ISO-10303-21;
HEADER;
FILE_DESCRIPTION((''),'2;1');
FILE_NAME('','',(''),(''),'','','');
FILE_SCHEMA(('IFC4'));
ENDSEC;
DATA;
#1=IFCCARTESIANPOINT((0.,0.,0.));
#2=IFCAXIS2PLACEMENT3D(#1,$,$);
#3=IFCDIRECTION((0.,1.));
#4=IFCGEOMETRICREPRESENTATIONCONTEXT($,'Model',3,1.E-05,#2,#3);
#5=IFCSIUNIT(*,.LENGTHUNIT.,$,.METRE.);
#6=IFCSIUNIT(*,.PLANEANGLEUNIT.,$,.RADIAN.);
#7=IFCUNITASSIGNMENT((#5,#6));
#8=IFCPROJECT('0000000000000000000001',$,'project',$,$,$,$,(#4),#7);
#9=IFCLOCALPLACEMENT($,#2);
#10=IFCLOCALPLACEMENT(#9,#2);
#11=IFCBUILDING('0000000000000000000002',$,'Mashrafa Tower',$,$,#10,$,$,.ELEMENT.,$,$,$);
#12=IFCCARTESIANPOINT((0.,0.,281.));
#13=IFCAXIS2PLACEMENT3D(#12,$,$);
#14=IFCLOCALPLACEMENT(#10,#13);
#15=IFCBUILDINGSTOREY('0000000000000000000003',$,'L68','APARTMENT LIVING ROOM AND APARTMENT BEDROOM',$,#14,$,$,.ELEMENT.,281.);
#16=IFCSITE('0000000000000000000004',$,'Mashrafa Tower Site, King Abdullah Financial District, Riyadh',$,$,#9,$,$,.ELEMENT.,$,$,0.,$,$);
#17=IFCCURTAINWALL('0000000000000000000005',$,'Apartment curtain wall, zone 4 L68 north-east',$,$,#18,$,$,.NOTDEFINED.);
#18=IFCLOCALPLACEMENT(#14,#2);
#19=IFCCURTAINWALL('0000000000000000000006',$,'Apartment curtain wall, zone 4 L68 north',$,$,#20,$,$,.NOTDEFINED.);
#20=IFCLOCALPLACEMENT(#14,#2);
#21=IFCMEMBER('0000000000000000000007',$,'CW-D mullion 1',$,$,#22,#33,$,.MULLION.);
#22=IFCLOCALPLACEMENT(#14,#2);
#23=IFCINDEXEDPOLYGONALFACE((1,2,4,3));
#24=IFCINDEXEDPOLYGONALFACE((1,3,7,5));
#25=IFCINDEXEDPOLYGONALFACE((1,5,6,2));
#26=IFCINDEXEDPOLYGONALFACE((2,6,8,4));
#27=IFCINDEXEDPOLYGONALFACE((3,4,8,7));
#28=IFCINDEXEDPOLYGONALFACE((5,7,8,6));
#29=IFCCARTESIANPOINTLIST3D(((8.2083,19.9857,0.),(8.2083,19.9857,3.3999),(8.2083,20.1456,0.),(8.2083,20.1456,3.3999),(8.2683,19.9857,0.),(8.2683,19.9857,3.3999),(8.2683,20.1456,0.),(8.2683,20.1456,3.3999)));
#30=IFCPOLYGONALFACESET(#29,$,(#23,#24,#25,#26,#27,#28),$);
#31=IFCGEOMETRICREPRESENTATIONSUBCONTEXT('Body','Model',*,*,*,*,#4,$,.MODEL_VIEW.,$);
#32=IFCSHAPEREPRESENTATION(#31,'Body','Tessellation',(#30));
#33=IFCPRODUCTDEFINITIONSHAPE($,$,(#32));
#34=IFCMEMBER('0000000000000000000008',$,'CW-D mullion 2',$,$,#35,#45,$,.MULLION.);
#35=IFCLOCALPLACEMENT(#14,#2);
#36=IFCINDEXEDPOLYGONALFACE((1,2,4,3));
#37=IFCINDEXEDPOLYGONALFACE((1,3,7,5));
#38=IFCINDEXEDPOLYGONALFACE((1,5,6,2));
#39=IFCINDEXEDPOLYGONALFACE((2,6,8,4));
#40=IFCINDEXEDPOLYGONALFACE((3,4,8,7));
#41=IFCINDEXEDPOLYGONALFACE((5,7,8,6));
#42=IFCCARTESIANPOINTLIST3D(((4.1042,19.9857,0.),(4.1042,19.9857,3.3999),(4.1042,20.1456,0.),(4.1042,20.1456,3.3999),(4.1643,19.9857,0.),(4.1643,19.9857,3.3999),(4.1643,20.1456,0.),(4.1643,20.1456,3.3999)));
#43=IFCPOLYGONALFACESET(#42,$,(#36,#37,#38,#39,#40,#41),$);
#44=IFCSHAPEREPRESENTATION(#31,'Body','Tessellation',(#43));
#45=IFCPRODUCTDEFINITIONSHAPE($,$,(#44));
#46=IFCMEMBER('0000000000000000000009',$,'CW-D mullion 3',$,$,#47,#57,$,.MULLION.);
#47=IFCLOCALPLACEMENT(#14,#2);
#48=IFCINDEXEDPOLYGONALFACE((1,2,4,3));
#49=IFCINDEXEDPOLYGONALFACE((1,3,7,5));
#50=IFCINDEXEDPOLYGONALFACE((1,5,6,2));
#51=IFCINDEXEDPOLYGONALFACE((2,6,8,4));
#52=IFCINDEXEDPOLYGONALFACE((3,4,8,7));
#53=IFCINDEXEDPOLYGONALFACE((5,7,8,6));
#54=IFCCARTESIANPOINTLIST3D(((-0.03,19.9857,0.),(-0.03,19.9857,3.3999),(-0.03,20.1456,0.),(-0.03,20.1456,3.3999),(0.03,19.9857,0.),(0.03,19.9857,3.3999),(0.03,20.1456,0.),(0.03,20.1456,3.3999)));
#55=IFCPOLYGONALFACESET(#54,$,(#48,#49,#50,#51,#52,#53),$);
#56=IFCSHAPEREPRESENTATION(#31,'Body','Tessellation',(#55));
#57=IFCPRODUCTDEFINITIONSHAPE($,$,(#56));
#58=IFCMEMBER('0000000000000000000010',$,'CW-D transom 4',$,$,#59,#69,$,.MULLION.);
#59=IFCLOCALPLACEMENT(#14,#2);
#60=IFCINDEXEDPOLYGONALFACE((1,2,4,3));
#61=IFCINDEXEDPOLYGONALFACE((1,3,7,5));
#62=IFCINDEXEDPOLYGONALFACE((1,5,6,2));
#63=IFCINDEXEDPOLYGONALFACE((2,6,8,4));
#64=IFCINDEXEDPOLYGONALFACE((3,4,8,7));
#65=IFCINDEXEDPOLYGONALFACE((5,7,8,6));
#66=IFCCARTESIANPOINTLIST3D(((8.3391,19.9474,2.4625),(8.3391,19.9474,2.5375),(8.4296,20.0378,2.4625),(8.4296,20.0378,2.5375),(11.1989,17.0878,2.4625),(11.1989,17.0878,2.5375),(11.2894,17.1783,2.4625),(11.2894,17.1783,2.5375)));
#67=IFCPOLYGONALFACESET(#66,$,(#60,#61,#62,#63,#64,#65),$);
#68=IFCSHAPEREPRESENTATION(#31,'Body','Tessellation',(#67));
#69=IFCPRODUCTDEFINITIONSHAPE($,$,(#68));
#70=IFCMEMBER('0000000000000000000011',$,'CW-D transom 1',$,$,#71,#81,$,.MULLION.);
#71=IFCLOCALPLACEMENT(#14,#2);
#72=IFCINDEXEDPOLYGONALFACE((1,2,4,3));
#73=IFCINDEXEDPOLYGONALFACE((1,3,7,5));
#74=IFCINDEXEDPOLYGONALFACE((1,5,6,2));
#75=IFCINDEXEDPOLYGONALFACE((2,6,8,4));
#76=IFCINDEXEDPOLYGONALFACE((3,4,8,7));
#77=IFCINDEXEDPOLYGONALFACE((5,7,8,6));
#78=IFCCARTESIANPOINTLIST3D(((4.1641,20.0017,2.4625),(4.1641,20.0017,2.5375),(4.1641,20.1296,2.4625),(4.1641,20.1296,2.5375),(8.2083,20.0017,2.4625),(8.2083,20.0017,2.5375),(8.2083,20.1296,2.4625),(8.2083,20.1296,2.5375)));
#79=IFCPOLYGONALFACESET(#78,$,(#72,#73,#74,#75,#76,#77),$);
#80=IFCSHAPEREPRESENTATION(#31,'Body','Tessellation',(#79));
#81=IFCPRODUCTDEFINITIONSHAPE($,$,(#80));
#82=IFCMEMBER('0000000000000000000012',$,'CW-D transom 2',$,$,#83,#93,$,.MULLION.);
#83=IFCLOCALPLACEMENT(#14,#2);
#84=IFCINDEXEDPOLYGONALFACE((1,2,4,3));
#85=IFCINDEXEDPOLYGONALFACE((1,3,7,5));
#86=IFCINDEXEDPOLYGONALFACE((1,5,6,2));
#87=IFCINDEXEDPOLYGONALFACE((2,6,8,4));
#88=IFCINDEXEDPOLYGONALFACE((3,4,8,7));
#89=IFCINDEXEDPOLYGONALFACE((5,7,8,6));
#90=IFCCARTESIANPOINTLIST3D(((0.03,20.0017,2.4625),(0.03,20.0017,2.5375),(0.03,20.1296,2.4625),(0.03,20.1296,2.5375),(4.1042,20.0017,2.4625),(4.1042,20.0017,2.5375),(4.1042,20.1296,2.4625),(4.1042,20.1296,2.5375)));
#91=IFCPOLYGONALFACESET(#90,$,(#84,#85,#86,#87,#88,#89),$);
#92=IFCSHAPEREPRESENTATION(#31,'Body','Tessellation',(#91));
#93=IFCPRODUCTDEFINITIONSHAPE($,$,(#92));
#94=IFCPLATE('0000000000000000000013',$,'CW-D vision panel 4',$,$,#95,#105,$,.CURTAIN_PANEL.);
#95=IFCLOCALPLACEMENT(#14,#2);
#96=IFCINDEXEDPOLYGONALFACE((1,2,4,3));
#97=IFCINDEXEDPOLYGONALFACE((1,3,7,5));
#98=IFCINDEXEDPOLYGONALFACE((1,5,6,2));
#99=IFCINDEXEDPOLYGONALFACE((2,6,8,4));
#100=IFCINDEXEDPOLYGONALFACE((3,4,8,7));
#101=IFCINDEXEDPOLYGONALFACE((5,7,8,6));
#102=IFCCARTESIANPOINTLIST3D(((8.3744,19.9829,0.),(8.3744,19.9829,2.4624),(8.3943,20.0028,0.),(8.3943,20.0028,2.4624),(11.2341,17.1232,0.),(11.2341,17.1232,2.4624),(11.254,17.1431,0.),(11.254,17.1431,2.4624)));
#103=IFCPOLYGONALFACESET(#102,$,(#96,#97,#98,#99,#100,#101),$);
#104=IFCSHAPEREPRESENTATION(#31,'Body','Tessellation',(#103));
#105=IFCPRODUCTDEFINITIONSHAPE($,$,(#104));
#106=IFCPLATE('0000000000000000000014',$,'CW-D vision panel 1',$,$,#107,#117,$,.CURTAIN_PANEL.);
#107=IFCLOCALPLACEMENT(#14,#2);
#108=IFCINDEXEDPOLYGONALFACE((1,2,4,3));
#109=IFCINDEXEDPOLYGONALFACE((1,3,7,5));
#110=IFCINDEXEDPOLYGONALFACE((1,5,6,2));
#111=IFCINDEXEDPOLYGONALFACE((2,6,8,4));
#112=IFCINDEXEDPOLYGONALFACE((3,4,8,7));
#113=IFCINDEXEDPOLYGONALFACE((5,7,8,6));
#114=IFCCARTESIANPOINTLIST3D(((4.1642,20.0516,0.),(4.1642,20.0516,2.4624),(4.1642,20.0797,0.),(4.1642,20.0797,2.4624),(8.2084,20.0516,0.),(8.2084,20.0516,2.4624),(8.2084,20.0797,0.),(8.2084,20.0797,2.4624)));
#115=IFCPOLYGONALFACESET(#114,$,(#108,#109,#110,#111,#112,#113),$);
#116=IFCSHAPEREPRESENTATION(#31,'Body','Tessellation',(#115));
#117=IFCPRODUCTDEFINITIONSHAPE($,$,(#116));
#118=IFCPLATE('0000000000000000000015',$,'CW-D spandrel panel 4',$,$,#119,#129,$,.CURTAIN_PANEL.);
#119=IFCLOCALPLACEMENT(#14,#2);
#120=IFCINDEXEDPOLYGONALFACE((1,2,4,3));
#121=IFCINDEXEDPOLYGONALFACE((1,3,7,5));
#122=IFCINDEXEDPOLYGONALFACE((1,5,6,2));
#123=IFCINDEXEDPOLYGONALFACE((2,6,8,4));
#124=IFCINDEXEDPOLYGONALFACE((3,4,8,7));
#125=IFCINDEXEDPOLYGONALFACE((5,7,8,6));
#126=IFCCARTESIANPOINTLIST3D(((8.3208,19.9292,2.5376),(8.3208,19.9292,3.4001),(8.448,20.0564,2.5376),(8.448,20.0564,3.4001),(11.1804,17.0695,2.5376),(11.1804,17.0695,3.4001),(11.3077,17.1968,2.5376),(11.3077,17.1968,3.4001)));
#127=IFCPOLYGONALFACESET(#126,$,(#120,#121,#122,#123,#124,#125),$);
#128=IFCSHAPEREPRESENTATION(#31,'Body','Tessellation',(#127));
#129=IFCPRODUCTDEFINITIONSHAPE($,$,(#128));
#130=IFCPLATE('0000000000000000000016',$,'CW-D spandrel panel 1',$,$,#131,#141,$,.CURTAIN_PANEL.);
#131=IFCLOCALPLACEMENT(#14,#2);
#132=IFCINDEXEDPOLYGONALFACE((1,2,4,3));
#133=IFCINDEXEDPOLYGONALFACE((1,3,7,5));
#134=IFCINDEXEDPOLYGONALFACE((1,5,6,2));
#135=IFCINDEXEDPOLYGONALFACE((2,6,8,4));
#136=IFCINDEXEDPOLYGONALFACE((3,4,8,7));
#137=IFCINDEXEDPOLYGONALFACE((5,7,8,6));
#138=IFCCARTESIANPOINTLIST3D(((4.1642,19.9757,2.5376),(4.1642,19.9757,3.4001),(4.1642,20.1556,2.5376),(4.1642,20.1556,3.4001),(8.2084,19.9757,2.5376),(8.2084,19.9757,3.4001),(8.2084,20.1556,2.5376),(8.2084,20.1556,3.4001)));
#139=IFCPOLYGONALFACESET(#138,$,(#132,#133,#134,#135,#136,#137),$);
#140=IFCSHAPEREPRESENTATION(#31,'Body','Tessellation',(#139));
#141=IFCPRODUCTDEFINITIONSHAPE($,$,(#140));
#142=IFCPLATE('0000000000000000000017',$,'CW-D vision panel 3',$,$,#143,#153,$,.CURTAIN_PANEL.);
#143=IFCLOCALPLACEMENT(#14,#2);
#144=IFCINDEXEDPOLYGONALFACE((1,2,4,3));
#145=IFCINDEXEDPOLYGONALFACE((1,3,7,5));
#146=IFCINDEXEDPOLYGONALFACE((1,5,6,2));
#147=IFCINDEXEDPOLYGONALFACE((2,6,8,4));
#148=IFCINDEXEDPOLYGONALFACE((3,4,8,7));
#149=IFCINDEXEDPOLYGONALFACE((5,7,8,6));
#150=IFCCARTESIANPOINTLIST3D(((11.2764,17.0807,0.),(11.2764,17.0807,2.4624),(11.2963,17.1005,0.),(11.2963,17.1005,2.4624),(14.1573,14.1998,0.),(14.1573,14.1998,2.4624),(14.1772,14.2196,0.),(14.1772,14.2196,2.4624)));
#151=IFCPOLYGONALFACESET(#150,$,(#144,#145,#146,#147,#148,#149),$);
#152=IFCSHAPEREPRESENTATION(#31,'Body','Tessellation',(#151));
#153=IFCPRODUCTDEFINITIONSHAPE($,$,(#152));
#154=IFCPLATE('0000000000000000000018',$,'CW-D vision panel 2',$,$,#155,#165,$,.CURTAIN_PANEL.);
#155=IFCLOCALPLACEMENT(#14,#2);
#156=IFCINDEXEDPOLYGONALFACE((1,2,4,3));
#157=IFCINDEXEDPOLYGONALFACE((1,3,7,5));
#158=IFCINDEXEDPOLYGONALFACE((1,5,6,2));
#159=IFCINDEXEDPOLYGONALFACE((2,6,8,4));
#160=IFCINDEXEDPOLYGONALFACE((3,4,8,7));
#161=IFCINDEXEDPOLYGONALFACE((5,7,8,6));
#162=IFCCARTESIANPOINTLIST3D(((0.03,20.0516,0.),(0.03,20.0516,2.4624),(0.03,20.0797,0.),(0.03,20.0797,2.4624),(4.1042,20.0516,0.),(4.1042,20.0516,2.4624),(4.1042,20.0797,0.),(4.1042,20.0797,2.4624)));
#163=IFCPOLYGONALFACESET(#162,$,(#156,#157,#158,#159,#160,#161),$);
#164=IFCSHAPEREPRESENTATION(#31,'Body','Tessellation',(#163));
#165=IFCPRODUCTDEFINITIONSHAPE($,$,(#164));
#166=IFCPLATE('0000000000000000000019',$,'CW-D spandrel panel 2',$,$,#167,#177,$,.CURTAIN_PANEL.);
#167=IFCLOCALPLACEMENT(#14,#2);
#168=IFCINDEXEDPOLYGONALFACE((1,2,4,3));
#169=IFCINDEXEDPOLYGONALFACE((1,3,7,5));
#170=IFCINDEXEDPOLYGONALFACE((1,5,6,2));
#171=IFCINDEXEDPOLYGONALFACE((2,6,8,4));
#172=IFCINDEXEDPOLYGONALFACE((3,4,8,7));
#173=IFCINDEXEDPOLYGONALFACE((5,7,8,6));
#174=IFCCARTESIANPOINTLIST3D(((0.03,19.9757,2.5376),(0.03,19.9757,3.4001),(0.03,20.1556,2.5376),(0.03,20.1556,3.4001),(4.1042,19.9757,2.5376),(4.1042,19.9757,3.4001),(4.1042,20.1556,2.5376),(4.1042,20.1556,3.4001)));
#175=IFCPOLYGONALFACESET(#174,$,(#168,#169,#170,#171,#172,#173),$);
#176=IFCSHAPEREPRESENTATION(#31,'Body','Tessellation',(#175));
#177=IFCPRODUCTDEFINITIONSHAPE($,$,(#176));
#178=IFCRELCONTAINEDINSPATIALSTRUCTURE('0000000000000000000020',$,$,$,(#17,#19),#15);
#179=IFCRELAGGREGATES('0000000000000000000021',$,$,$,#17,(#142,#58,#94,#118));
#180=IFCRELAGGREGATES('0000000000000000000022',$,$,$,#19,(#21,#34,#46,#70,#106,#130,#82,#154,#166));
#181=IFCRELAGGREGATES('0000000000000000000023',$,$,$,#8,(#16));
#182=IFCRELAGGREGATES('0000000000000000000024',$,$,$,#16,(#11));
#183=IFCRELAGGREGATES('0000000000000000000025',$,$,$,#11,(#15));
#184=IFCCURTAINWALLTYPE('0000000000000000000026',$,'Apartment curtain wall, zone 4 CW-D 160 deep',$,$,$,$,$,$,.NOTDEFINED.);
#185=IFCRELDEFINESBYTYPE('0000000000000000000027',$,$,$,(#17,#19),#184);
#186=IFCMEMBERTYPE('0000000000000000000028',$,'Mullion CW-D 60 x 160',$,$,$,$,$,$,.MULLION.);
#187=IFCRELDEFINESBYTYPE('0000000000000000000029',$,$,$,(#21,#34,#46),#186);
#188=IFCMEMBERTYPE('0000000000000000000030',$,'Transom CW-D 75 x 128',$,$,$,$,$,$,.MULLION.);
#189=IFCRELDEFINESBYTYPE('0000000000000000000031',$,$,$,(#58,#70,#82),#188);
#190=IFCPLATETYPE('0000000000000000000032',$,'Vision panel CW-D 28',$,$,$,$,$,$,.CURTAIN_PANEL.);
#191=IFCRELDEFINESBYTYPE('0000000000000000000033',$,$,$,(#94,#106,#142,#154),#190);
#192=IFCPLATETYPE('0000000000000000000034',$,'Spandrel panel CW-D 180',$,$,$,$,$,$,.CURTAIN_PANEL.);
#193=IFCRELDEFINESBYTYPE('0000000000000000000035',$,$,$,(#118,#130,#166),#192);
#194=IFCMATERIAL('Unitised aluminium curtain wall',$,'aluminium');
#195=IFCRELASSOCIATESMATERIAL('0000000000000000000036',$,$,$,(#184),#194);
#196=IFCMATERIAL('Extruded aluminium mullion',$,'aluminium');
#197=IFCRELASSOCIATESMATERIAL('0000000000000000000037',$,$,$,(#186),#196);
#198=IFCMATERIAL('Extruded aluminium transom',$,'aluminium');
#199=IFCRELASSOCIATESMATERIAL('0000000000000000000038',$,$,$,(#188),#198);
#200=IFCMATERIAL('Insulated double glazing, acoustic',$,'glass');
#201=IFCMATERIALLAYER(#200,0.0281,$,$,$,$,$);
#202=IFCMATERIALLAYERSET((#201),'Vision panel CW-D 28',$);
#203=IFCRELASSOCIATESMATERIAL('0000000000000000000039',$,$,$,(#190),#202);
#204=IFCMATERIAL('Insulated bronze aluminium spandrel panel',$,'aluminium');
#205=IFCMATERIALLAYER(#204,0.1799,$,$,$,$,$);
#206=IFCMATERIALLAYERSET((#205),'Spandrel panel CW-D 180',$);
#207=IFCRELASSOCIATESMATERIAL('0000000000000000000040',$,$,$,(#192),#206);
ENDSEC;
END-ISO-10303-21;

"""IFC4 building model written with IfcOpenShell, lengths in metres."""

from ifc_helpers import new_model, si_unit, direction, frame, origin, origin_2d, place, context, subcontext, project, spatial, rectangle, extrude, source, transform, mapped, material, layer, layer_set, material_profile, profile_set, type_object, type_shapes, element, aggregate, save


model = new_model("IFC4")

# Units and contexts
model_context = context("Model", 3, precision=1e-05, world=origin(), true_north=direction((0.0, 1.0)))
body_context = subcontext(model_context, "Body", "Model", "MODEL_VIEW")
ifc_project = project(units=[si_unit("LENGTHUNIT", "METRE"), si_unit("PLANEANGLEUNIT", "RADIAN")], contexts=[model_context])

# Site, building, storey
site_placement = place(None, origin())
site = spatial("IfcSite", under=ifc_project, at=site_placement, Name="Mashrafa Tower Site, King Abdullah Financial District, Riyadh", CompositionType="ELEMENT", RefElevation=0.0)
building_placement = place(site_placement, origin())
building = spatial("IfcBuilding", under=site, at=building_placement, Name="Mashrafa Tower", CompositionType="ELEMENT")
storey_placement = place(building_placement, frame((0.0, 0.0, 281.0)))
storey = spatial("IfcBuildingStorey", under=building, at=storey_placement, Name="L68", Description="APARTMENT LIVING ROOM AND APARTMENT BEDROOM", CompositionType="ELEMENT", Elevation=281.0)

# Curtain walls, members
ifc_material_1 = material(Name="Unitised aluminium curtain wall", Category="aluminium")
curtain_wall_type = type_object("IfcCurtainWallType", Name="Apartment curtain wall, zone 4 CW-D 160 deep", PredefinedType="NOTDEFINED", material=ifc_material_1)
curtain_wall_1_placement = place(storey_placement, origin())
curtain_wall_1 = element("IfcCurtainWall", 1, at=curtain_wall_1_placement, inside=storey, type_object=curtain_wall_type, Name="Apartment curtain wall, zone 4 L68 north-east", PredefinedType="NOTDEFINED")
ifc_material_2 = material(Name="Extruded aluminium mullion", Category="aluminium")
ifc_material_profile_1 = material_profile(ifc_material_2, rectangle(XDim=0.1599, YDim=0.0601, at=origin_2d()), Name="Mullion 60x160")
ifc_profile_set_1 = profile_set([ifc_material_profile_1], Name="Extruded aluminium mullion")
member_type_1 = type_object("IfcMemberType", Name="Mullion CW-D 60 x 160", PredefinedType="MULLION", material=ifc_profile_set_1)
shared_shape_1 = source(origin(), body_context, "Body", "SweptSolid", [
    extrude(rectangle(XDim=0.1599, YDim=0.0601, at=origin_2d()), origin(), (0.0, 0.0, 1.0), 3.3999),
])
type_shapes(member_type_1, [shared_shape_1])
curtain_wall_2_placement = place(storey_placement, origin())
curtain_wall_2 = element("IfcCurtainWall", 2, at=curtain_wall_2_placement, inside=storey, type_object=curtain_wall_type, Name="Apartment curtain wall, zone 4 L68 north", PredefinedType="NOTDEFINED")
member_1_placement = place(storey_placement, frame((8.2383, 20.0657, 0.0), z_axis=(0.0, 0.0, 1.0), x_axis=(0.0, -1.0, 0.0)))
member_1 = element("IfcMember", 3, at=member_1_placement, type_object=member_type_1, Name="CW-D mullion 1", PredefinedType="MULLION", context=body_context, shape_type="MappedRepresentation", body=[
    mapped(shared_shape_1, transform((0.0, 0.0, 0.0))),
])
member_2_placement = place(storey_placement, frame((4.1343, 20.0657, 0.0), z_axis=(0.0, 0.0, 1.0), x_axis=(0.0, -1.0, 0.0)))
member_2 = element("IfcMember", 4, at=member_2_placement, type_object=member_type_1, Name="CW-D mullion 2", PredefinedType="MULLION", context=body_context, shape_type="MappedRepresentation", body=[
    mapped(shared_shape_1, transform((0.0, 0.0, 0.0))),
])
member_3_placement = place(storey_placement, frame((0.0, 20.0657, 0.0), z_axis=(0.0, 0.0, 1.0), x_axis=(0.0, -1.0, 0.0)))
member_3 = element("IfcMember", 5, at=member_3_placement, type_object=member_type_1, Name="CW-D mullion 3", PredefinedType="MULLION", context=body_context, shape_type="MappedRepresentation", body=[
    mapped(shared_shape_1, transform((0.0, 0.0, 0.0))),
])

# Members
ifc_material_3 = material(Name="Extruded aluminium transom", Category="aluminium")
ifc_material_profile_2 = material_profile(ifc_material_3, rectangle(XDim=0.1279, YDim=0.075, at=origin_2d()), Name="Transom 75x128")
ifc_profile_set_2 = profile_set([ifc_material_profile_2], Name="Extruded aluminium transom")
member_type_2 = type_object("IfcMemberType", Name="Transom CW-D 75 x 128", PredefinedType="MULLION", material=ifc_profile_set_2)
shared_shape_2 = source(origin(), body_context, "Body", "SweptSolid", [
    extrude(rectangle(XDim=0.1279, YDim=0.075, at=origin_2d()), origin(), (0.0, 0.0, 1.0), 4.0442),
])
member_4_placement = place(storey_placement, frame((11.2441, 17.1331, 2.5), z_axis=(-0.707137, 0.707077, 0.0), x_axis=(-0.707077, -0.707137, 0.0)))
member_4 = element("IfcMember", 6, at=member_4_placement, type_object=member_type_2, Name="CW-D transom 4", PredefinedType="MULLION", context=body_context, shape_type="MappedRepresentation", body=[
    mapped(shared_shape_2, transform((0.0, 0.0, 0.0))),
])
member_5_placement = place(storey_placement, frame((8.2083, 20.0657, 2.5), z_axis=(-1.0, 0.0, 0.0), x_axis=(0.0, -1.0, 0.0)))
member_5 = element("IfcMember", 7, at=member_5_placement, type_object=member_type_2, Name="CW-D transom 1", PredefinedType="MULLION", context=body_context, shape_type="MappedRepresentation", body=[
    mapped(shared_shape_2, transform((0.0, 0.0, 0.0))),
])
shared_shape_3 = source(origin(), body_context, "Body", "SweptSolid", [
    extrude(rectangle(XDim=0.1279, YDim=0.075, at=origin_2d()), origin(), (0.0, 0.0, 1.0), 4.0742),
])
type_shapes(member_type_2, [shared_shape_2, shared_shape_3])
member_6_placement = place(storey_placement, frame((4.1042, 20.0657, 2.5), z_axis=(-1.0, 0.0, 0.0), x_axis=(0.0, -1.0, 0.0)))
member_6 = element("IfcMember", 8, at=member_6_placement, type_object=member_type_2, Name="CW-D transom 2", PredefinedType="MULLION", context=body_context, shape_type="MappedRepresentation", body=[
    mapped(shared_shape_3, transform((0.0, 0.0, 0.0))),
])

# Plates
ifc_material_4 = material(Name="Insulated double glazing, acoustic", Category="glass")
ifc_layer_1 = layer(ifc_material_4, 0.0281)
ifc_layer_set_1 = layer_set([ifc_layer_1], Name="Vision panel CW-D 28")
plate_type_1 = type_object("IfcPlateType", Name="Vision panel CW-D 28", PredefinedType="CURTAIN_PANEL", material=ifc_layer_set_1)
shared_shape_4 = source(origin(), body_context, "Body", "SweptSolid", [
    extrude(rectangle(XDim=4.0442, YDim=0.0281, at=origin_2d()), origin(), (0.0, 0.0, 1.0), 2.4624),
])
plate_1_placement = place(storey_placement, frame((9.8142, 18.563, 0.0), z_axis=(0.0, 0.0, 1.0), x_axis=(-0.707107, 0.707107, 0.0)))
plate_1 = element("IfcPlate", 9, at=plate_1_placement, type_object=plate_type_1, Name="CW-D vision panel 4", PredefinedType="CURTAIN_PANEL", context=body_context, shape_type="MappedRepresentation", body=[
    mapped(shared_shape_4, transform((0.0, 0.0, 0.0))),
])
plate_2_placement = place(storey_placement, frame((6.1863, 20.0657, 0.0), z_axis=(0.0, 0.0, 1.0), x_axis=(-1.0, 0.0, 0.0)))
plate_2 = element("IfcPlate", 10, at=plate_2_placement, type_object=plate_type_1, Name="CW-D vision panel 1", PredefinedType="CURTAIN_PANEL", context=body_context, shape_type="MappedRepresentation", body=[
    mapped(shared_shape_4, transform((0.0, 0.0, 0.0))),
])
ifc_material_5 = material(Name="Insulated bronze aluminium spandrel panel", Category="aluminium")
ifc_layer_2 = layer(ifc_material_5, 0.1799)
ifc_layer_set_2 = layer_set([ifc_layer_2], Name="Spandrel panel CW-D 180")
plate_type_2 = type_object("IfcPlateType", Name="Spandrel panel CW-D 180", PredefinedType="CURTAIN_PANEL", material=ifc_layer_set_2)
shared_shape_5 = source(origin(), body_context, "Body", "SweptSolid", [
    extrude(rectangle(XDim=4.0442, YDim=0.1799, at=origin_2d()), origin(), (0.0, 0.0, 1.0), 0.8625),
])
plate_3_placement = place(storey_placement, frame((9.8142, 18.563, 2.5376), z_axis=(0.0, 0.0, 1.0), x_axis=(-0.707107, 0.707107, 0.0)))
plate_3 = element("IfcPlate", 11, at=plate_3_placement, type_object=plate_type_2, Name="CW-D spandrel panel 4", PredefinedType="CURTAIN_PANEL", context=body_context, shape_type="MappedRepresentation", body=[
    mapped(shared_shape_5, transform((0.0, 0.0, 0.0))),
])
plate_4_placement = place(storey_placement, frame((6.1863, 20.0657, 2.5376), z_axis=(0.0, 0.0, 1.0), x_axis=(-1.0, 0.0, 0.0)))
plate_4 = element("IfcPlate", 12, at=plate_4_placement, type_object=plate_type_2, Name="CW-D spandrel panel 1", PredefinedType="CURTAIN_PANEL", context=body_context, shape_type="MappedRepresentation", body=[
    mapped(shared_shape_5, transform((0.0, 0.0, 0.0))),
])
shared_shape_6 = source(origin(), body_context, "Body", "SweptSolid", [
    extrude(rectangle(XDim=4.0742, YDim=0.0281, at=origin_2d()), origin(), (0.0, 0.0, 1.0), 2.4624),
])
type_shapes(plate_type_1, [shared_shape_4, shared_shape_6])
plate_5_placement = place(storey_placement, frame((12.7268, 15.6501, 0.0), z_axis=(0.0, 0.0, 1.0), x_axis=(-0.707107, 0.707107, 0.0)))
plate_5 = element("IfcPlate", 13, at=plate_5_placement, type_object=plate_type_1, Name="CW-D vision panel 3", PredefinedType="CURTAIN_PANEL", context=body_context, shape_type="MappedRepresentation", body=[
    mapped(shared_shape_6, transform((0.0, 0.0, 0.0))),
])
aggregate(curtain_wall_1, [plate_5, member_4, plate_1, plate_3])
plate_6_placement = place(storey_placement, frame((2.0671, 20.0657, 0.0), z_axis=(0.0, 0.0, 1.0), x_axis=(-1.0, 0.0, 0.0)))
plate_6 = element("IfcPlate", 14, at=plate_6_placement, type_object=plate_type_1, Name="CW-D vision panel 2", PredefinedType="CURTAIN_PANEL", context=body_context, shape_type="MappedRepresentation", body=[
    mapped(shared_shape_6, transform((0.0, 0.0, 0.0))),
])
shared_shape_7 = source(origin(), body_context, "Body", "SweptSolid", [
    extrude(rectangle(XDim=4.0742, YDim=0.1799, at=origin_2d()), origin(), (0.0, 0.0, 1.0), 0.8625),
])
type_shapes(plate_type_2, [shared_shape_5, shared_shape_7])
plate_7_placement = place(storey_placement, frame((2.0671, 20.0657, 2.5376), z_axis=(0.0, 0.0, 1.0), x_axis=(-1.0, 0.0, 0.0)))
plate_7 = element("IfcPlate", 15, at=plate_7_placement, type_object=plate_type_2, Name="CW-D spandrel panel 2", PredefinedType="CURTAIN_PANEL", context=body_context, shape_type="MappedRepresentation", body=[
    mapped(shared_shape_7, transform((0.0, 0.0, 0.0))),
])
aggregate(curtain_wall_2, [member_1, member_2, member_3, member_5, plate_2, plate_4, member_6, plate_6, plate_7])

save(model, "model.ifc")
